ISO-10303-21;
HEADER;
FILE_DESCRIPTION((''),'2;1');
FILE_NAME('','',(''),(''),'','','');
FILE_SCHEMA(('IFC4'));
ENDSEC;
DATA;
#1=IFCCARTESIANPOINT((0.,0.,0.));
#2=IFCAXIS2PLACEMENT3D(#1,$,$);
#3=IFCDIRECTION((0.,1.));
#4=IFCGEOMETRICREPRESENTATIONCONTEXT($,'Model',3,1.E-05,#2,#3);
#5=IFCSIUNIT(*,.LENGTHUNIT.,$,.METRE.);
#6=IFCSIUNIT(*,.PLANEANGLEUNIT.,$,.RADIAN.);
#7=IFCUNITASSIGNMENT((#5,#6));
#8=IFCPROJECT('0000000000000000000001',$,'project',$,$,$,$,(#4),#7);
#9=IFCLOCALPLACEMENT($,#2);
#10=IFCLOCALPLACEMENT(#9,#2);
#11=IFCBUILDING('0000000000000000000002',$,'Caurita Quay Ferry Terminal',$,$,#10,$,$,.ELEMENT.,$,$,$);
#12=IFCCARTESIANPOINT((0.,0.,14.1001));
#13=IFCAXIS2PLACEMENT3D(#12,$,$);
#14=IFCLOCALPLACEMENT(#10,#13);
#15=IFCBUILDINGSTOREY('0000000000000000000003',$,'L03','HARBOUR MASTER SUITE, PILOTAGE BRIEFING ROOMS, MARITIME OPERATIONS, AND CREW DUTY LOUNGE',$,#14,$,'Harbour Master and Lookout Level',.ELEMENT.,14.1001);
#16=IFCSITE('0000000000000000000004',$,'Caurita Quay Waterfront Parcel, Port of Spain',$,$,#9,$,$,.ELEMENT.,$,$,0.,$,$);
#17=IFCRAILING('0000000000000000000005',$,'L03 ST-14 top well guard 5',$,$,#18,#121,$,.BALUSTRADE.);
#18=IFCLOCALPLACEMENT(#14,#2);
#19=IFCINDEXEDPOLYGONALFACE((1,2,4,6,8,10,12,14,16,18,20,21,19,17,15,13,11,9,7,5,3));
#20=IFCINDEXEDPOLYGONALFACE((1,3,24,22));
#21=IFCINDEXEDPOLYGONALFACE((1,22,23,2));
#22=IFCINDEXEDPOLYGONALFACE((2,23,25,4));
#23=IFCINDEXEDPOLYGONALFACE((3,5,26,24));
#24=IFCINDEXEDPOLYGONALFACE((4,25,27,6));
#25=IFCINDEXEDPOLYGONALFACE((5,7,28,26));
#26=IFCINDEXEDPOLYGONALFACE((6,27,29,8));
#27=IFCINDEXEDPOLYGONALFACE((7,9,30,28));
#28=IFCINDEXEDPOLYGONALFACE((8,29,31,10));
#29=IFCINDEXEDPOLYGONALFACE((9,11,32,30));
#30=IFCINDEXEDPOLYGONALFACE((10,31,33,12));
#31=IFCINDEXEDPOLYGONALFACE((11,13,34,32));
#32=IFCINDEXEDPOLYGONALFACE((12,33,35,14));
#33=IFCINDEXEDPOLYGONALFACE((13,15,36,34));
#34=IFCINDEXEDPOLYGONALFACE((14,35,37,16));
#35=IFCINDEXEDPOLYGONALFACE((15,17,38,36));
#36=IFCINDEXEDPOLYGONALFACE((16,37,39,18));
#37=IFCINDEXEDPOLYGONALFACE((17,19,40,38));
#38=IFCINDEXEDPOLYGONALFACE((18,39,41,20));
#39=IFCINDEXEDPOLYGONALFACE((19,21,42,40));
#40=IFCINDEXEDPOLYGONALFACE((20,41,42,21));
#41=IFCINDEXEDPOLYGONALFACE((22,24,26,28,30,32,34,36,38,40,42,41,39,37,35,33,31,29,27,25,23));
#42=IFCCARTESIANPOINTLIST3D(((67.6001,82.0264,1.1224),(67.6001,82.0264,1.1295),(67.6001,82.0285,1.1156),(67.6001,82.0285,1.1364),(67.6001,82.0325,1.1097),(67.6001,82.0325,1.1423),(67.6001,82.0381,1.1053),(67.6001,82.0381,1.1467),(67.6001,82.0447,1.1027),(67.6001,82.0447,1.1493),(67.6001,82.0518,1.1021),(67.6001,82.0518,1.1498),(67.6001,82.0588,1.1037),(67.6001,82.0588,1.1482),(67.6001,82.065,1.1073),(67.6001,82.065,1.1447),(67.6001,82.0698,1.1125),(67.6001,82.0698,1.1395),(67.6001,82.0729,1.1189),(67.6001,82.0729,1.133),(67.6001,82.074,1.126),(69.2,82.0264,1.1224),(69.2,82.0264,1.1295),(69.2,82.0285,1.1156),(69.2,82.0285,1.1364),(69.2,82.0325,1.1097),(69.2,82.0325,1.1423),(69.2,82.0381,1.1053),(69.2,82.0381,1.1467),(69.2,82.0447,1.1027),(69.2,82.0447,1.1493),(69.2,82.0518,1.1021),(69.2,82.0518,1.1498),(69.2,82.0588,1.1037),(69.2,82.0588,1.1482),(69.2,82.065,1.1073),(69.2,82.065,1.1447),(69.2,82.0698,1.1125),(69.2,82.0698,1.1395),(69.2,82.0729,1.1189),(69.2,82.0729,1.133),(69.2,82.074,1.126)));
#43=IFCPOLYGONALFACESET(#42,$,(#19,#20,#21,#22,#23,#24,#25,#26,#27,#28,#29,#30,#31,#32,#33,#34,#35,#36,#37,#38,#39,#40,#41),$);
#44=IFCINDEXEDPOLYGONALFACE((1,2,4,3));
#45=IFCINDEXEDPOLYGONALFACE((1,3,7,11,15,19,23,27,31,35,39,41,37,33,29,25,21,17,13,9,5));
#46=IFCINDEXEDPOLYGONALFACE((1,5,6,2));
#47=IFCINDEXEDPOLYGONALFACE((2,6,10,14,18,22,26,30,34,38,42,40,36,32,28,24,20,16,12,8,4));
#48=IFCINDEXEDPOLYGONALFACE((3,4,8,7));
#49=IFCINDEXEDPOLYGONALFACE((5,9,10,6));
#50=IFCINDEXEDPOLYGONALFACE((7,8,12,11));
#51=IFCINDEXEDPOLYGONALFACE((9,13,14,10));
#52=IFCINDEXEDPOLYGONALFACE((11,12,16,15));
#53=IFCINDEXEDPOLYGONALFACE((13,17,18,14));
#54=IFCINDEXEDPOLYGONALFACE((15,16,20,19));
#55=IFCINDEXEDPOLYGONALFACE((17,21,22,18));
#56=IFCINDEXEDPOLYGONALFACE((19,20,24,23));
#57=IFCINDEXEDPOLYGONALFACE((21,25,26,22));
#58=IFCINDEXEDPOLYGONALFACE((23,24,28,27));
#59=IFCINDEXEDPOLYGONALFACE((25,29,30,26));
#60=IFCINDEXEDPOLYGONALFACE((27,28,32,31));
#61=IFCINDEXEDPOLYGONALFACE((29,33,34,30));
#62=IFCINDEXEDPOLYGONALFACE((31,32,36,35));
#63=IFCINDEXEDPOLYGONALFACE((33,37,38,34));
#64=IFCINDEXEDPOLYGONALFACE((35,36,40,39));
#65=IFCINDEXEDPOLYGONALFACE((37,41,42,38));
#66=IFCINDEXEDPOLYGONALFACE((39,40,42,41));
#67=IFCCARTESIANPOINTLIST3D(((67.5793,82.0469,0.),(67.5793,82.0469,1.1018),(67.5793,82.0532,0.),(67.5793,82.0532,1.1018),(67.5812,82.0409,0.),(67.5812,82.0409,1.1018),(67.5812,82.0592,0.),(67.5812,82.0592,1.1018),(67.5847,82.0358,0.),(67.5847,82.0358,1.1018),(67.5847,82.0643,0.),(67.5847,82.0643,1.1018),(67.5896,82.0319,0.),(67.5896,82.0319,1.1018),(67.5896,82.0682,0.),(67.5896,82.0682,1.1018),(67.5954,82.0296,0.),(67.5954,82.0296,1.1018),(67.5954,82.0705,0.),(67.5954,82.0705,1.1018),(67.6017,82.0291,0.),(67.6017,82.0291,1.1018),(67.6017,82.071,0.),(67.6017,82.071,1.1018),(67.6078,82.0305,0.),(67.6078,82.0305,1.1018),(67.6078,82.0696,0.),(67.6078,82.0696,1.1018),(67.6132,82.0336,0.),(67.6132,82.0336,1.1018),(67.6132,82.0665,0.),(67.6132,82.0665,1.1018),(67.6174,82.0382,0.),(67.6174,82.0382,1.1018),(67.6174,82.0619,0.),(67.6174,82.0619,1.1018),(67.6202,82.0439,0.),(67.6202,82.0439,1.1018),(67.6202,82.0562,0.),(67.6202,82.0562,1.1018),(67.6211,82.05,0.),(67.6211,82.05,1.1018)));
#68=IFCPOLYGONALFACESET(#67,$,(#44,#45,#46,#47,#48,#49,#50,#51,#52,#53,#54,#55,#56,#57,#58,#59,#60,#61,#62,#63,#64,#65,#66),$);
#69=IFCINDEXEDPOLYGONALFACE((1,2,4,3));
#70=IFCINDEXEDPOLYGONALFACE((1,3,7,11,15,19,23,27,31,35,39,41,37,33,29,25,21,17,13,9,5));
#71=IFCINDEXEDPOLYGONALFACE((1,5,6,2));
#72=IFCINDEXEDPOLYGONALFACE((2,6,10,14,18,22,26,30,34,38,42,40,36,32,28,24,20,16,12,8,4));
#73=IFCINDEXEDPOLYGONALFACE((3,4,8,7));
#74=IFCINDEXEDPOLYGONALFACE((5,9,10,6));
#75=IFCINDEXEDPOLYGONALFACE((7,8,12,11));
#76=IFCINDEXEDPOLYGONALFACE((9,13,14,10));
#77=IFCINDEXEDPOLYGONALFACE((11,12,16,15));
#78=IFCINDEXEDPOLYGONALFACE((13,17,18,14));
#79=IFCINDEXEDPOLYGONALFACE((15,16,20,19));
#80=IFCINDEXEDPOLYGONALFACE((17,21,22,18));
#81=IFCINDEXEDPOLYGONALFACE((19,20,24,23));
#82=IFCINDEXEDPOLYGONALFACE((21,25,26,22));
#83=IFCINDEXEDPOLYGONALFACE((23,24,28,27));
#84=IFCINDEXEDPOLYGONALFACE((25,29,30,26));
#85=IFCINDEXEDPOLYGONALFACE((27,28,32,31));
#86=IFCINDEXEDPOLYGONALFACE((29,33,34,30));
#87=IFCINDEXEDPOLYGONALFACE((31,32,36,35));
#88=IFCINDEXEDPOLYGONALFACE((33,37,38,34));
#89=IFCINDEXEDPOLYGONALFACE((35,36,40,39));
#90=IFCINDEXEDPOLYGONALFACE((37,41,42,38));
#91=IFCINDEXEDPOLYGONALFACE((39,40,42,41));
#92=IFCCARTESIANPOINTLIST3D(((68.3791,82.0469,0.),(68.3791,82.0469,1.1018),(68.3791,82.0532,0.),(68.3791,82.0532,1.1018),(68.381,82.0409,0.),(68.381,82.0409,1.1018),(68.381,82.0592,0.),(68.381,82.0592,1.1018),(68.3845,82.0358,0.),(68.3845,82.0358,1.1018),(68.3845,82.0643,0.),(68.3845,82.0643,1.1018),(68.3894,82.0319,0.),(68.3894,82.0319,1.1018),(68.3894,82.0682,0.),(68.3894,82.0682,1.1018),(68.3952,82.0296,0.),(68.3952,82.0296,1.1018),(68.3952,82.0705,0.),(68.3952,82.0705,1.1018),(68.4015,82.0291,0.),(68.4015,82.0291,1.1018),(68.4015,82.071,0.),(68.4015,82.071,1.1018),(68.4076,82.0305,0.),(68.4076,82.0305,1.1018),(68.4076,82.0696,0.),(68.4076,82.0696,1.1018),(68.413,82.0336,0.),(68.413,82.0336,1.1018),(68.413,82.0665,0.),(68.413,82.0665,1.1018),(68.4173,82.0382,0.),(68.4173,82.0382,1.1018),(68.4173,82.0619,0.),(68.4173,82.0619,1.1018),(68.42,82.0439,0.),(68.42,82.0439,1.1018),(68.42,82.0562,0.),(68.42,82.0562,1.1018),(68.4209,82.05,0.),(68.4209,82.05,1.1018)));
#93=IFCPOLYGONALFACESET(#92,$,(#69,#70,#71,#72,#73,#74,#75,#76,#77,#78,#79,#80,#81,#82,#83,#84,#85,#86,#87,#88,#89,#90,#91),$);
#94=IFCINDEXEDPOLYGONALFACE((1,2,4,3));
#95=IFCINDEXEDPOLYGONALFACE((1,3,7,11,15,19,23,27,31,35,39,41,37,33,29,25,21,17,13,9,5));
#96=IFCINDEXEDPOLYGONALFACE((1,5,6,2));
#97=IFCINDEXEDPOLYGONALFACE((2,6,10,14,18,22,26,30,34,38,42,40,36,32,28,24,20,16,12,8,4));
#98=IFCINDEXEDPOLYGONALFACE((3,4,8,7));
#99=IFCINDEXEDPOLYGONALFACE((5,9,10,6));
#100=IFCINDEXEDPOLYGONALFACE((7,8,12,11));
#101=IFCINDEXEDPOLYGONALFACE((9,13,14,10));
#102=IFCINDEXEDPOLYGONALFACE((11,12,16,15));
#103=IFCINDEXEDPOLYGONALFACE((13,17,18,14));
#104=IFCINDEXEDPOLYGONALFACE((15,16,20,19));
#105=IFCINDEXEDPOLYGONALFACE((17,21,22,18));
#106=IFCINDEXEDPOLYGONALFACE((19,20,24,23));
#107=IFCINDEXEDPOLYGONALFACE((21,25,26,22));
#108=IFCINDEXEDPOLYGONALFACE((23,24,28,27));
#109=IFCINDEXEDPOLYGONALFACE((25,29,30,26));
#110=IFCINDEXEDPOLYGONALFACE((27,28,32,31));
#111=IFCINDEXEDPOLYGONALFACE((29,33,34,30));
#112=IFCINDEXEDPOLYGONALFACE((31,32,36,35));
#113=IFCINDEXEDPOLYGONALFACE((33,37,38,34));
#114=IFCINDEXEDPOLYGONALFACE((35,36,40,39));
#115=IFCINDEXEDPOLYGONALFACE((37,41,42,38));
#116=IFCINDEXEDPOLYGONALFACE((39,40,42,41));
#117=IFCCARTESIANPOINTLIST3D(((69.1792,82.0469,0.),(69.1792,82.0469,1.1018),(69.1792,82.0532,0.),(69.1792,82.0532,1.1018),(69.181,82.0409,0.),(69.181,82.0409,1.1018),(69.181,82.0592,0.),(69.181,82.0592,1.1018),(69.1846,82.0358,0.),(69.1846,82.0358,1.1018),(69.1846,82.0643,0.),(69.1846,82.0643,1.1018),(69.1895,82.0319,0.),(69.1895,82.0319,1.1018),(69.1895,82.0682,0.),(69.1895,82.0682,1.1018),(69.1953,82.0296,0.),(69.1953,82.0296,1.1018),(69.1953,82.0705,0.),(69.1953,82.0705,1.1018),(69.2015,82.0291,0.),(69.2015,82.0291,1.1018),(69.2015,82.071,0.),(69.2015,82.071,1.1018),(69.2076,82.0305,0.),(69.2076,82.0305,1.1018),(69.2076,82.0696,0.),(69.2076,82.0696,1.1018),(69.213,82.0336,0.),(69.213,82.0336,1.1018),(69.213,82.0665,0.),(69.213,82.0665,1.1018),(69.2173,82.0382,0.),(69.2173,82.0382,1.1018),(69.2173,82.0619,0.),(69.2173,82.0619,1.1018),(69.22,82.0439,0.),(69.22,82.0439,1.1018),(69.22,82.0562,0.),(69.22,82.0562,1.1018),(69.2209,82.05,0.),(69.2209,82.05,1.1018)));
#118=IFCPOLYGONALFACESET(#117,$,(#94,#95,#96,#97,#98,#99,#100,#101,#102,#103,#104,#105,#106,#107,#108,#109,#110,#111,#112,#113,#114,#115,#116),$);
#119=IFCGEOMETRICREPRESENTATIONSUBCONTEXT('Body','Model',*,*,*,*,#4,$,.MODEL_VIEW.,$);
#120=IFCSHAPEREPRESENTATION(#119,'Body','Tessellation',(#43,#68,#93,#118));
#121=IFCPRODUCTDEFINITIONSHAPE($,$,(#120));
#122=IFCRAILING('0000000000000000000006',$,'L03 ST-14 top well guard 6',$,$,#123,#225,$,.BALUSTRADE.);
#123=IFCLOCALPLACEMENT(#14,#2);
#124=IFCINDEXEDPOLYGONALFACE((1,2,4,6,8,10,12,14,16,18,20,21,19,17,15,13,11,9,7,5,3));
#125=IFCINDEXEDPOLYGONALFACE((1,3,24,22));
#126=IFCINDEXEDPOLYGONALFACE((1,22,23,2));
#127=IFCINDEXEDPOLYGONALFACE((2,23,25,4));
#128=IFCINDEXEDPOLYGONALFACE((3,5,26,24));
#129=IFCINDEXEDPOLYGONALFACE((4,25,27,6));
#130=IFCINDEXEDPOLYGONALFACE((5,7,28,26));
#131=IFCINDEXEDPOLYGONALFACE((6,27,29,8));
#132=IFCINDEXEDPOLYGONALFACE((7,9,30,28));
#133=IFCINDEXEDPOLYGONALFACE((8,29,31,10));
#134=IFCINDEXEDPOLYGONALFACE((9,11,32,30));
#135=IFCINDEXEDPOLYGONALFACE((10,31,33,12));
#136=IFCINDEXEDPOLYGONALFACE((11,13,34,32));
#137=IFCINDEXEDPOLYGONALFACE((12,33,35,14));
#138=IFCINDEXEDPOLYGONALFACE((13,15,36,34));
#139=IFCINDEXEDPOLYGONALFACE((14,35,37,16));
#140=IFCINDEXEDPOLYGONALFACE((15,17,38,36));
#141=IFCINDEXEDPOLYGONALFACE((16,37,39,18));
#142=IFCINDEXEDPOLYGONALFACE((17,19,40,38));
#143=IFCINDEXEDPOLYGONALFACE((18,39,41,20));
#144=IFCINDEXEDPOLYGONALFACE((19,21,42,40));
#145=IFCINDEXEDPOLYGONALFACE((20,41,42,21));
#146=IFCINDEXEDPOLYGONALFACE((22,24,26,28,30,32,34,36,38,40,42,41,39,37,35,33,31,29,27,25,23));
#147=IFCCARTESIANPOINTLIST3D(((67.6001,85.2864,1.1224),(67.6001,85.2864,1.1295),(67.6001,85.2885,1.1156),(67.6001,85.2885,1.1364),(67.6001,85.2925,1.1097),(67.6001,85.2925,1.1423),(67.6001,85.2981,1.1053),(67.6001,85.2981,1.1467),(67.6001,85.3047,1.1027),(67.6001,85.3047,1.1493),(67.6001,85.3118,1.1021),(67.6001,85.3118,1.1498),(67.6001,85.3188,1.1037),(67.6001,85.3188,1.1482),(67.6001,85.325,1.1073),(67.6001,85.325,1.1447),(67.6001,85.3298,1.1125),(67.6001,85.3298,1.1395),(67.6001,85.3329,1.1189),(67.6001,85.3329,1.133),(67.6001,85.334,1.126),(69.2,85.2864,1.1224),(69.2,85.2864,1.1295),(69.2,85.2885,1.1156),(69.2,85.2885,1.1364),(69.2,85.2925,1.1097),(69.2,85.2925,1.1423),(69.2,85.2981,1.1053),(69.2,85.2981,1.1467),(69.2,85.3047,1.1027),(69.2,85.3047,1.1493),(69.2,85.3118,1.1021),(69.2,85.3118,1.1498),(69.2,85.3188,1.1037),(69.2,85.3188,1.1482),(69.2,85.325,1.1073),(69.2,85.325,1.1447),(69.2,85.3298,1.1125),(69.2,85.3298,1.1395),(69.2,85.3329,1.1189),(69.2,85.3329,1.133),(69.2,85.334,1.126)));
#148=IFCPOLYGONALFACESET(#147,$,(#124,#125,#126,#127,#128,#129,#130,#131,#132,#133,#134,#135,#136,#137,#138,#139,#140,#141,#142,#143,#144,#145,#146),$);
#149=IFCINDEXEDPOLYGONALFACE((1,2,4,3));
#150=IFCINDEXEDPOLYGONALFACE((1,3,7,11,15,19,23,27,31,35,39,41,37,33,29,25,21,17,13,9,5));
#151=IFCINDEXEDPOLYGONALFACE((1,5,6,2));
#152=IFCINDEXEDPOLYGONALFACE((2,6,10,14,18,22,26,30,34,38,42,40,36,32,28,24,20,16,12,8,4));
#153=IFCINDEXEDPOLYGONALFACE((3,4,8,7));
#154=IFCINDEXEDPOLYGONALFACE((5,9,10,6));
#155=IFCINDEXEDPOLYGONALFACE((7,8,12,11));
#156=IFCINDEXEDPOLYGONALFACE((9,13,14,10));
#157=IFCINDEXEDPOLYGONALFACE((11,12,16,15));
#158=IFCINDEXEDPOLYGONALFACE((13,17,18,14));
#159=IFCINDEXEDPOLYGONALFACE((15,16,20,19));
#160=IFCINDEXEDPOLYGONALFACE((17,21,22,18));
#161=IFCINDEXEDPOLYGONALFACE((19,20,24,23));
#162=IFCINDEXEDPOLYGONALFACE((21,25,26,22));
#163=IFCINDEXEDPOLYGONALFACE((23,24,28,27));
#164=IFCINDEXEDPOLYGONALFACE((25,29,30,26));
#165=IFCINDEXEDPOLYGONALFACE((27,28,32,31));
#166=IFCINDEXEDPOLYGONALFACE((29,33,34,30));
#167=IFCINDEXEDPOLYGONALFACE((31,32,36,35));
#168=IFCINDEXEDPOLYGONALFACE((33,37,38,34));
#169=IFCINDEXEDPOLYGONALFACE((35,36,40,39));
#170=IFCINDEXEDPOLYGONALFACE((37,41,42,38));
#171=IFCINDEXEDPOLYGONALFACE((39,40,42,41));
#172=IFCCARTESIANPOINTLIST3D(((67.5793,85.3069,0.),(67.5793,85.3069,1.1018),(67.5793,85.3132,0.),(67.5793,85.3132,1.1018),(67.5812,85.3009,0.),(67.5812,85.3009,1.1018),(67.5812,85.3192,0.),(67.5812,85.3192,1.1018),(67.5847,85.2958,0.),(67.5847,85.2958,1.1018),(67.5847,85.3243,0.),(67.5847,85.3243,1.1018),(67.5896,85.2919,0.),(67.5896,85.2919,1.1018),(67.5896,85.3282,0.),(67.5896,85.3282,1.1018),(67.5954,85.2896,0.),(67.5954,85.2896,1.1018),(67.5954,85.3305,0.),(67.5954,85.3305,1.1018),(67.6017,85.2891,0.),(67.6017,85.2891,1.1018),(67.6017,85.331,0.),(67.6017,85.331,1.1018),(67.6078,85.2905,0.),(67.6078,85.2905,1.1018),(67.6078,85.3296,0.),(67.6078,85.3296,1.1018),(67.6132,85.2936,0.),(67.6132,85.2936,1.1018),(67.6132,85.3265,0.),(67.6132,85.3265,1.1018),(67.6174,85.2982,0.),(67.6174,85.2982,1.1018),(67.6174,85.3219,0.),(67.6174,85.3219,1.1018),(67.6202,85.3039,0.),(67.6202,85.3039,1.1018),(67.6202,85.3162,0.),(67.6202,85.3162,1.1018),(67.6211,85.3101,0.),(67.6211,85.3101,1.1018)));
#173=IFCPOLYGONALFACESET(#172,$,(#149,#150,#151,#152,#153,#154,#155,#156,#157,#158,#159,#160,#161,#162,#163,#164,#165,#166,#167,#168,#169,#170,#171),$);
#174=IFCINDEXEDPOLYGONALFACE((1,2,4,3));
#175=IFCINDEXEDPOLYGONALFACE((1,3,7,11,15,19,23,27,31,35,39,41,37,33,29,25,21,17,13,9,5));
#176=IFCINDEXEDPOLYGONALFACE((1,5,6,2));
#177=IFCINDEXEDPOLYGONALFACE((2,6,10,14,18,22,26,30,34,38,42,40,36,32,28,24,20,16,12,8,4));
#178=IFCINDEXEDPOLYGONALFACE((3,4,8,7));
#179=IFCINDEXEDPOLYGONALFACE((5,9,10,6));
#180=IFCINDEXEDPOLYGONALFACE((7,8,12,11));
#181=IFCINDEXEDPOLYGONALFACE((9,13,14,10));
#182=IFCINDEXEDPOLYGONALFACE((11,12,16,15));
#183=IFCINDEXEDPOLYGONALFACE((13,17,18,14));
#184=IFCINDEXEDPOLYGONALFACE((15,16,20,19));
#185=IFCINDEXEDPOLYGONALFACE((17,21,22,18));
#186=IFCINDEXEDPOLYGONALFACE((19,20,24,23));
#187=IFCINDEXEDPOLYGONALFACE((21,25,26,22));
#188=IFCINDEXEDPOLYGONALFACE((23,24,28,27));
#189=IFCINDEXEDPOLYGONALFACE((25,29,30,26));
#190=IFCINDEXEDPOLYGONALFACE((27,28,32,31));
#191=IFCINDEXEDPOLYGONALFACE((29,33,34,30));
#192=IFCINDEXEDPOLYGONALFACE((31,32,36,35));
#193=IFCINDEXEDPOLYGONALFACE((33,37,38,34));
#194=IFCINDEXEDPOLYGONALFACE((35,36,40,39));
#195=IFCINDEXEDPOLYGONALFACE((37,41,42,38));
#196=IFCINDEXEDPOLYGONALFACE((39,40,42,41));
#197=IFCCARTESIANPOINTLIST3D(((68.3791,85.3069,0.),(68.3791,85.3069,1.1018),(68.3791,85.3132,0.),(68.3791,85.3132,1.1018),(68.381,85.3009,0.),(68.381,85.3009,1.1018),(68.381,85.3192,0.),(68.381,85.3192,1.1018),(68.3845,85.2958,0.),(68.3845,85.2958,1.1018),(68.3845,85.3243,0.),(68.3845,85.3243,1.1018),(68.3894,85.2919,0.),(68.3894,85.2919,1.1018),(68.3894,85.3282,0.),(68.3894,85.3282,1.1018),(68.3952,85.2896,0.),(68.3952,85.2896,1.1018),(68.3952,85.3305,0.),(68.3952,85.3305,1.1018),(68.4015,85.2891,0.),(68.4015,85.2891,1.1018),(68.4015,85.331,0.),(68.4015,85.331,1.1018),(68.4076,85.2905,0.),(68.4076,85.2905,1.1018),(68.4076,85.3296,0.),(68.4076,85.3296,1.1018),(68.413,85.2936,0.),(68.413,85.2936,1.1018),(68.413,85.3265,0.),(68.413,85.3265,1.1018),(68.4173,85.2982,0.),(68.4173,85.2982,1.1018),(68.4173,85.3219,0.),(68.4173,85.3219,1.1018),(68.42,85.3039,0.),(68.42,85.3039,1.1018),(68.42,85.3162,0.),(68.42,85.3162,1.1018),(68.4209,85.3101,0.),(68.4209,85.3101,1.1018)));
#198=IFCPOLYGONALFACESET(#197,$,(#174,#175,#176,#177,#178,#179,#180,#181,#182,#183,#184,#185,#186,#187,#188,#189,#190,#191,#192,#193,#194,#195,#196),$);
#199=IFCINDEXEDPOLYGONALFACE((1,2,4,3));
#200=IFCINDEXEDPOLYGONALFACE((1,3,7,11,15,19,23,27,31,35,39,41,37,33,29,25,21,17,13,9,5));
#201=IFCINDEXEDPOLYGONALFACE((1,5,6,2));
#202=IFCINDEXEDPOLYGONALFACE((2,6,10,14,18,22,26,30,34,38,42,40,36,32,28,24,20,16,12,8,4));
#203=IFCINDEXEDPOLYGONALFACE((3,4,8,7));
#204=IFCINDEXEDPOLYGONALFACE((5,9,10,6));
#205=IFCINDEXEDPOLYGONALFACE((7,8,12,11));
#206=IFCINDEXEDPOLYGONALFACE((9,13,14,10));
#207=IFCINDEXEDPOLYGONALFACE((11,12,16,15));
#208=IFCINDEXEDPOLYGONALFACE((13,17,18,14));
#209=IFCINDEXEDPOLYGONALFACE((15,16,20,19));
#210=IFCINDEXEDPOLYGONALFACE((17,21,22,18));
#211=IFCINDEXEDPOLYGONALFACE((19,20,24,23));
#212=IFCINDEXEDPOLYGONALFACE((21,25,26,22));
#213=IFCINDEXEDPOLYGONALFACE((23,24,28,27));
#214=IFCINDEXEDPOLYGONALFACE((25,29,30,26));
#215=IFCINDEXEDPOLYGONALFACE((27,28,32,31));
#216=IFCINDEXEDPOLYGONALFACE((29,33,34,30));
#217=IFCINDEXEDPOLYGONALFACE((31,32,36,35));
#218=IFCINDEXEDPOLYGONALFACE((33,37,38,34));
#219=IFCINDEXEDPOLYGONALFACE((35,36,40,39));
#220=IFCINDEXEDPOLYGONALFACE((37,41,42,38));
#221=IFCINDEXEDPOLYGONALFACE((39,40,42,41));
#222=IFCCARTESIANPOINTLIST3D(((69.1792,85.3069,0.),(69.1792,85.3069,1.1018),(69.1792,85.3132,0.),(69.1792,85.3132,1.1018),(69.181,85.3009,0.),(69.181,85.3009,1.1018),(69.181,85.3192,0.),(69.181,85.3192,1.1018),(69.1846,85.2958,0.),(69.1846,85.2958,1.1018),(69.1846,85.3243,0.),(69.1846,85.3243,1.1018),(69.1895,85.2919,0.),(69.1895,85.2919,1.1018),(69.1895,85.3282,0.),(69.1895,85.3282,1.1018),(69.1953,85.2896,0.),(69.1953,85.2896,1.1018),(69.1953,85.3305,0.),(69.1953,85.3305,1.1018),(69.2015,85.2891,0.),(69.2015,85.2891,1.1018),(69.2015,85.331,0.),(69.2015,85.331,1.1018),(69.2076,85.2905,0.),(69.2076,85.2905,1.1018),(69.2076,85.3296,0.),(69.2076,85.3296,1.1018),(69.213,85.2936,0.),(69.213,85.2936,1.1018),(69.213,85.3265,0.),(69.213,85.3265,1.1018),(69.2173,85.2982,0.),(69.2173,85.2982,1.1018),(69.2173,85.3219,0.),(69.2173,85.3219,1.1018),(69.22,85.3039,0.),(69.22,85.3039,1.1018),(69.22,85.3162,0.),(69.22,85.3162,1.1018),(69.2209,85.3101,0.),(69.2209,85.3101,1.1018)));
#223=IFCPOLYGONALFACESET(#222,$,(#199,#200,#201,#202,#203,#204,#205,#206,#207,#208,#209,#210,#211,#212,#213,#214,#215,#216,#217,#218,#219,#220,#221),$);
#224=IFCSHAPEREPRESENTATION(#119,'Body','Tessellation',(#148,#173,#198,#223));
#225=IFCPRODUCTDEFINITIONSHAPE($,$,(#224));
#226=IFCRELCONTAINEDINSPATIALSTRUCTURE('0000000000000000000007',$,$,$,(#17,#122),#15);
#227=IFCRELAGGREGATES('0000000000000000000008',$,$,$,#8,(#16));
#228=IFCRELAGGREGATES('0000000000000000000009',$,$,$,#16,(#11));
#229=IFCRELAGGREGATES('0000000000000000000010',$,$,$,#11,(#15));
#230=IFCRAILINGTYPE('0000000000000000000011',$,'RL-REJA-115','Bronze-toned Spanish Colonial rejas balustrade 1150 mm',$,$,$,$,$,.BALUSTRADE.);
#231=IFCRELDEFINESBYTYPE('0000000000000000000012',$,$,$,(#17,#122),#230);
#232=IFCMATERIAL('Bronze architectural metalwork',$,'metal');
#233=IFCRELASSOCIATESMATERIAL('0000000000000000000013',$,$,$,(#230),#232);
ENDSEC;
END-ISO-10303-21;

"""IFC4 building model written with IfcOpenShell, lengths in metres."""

from ifc_helpers import new_model, si_unit, direction, frame, origin, origin_2d, place, context, subcontext, project, spatial, circle, extrude, material, type_object, element, save


model = new_model("IFC4")

# Units and contexts
model_context = context("Model", 3, precision=1e-05, world=origin(), true_north=direction((0.0, 1.0)))
body_context = subcontext(model_context, "Body", "Model", "MODEL_VIEW")
ifc_project = project(units=[si_unit("LENGTHUNIT", "METRE"), si_unit("PLANEANGLEUNIT", "RADIAN")], contexts=[model_context])

# Site, building, storey
site_placement = place(None, origin())
site = spatial("IfcSite", under=ifc_project, at=site_placement, Name="Caurita Quay Waterfront Parcel, Port of Spain", CompositionType="ELEMENT", RefElevation=0.0)
building_placement = place(site_placement, origin())
building = spatial("IfcBuilding", under=site, at=building_placement, Name="Caurita Quay Ferry Terminal", CompositionType="ELEMENT")
storey_placement = place(building_placement, frame((0.0, 0.0, 14.1001)))
storey = spatial("IfcBuildingStorey", under=building, at=storey_placement, Name="L03", Description="HARBOUR MASTER SUITE, PILOTAGE BRIEFING ROOMS, MARITIME OPERATIONS, AND CREW DUTY LOUNGE", LongName="Harbour Master and Lookout Level", CompositionType="ELEMENT", Elevation=14.1001)

# Railings
ifc_material_1 = material(Name="Bronze architectural metalwork", Category="metal")
railing_type = type_object("IfcRailingType", Name="RL-REJA-115", Description="Bronze-toned Spanish Colonial rejas balustrade 1150 mm", PredefinedType="BALUSTRADE", material=ifc_material_1)
for number, where, name in (
    (1, (67.6001, 82.05, 0.0), "L03 ST-14 top well guard 5"),
    (2, (67.6001, 85.3101, 0.0), "L03 ST-14 top well guard 6"),
):
    element("IfcRailing", number, at=place(storey_placement, frame(where)), inside=storey, type_object=railing_type, Name=name, PredefinedType="BALUSTRADE", context=body_context, shape_type="SweptSolid", body=[
        extrude(circle(Radius=0.0239, at=origin_2d()), frame((0.0, 0.0, 1.126), z_axis=(1.0, 0.0, 0.0), x_axis=(0.0, 1.0, 0.0)), (0.0, 0.0, 1.0), 1.5999),
        extrude(circle(Radius=0.021, at=origin_2d()), origin(), (0.0, 0.0, 1.0), 1.1018),
        extrude(circle(Radius=0.021, at=origin_2d()), frame((0.7998, 0.0, 0.0)), (0.0, 0.0, 1.0), 1.1018),
        extrude(circle(Radius=0.021, at=origin_2d()), frame((1.5999, 0.0, 0.0)), (0.0, 0.0, 1.0), 1.1018),
    ])

save(model, "model.ifc")
